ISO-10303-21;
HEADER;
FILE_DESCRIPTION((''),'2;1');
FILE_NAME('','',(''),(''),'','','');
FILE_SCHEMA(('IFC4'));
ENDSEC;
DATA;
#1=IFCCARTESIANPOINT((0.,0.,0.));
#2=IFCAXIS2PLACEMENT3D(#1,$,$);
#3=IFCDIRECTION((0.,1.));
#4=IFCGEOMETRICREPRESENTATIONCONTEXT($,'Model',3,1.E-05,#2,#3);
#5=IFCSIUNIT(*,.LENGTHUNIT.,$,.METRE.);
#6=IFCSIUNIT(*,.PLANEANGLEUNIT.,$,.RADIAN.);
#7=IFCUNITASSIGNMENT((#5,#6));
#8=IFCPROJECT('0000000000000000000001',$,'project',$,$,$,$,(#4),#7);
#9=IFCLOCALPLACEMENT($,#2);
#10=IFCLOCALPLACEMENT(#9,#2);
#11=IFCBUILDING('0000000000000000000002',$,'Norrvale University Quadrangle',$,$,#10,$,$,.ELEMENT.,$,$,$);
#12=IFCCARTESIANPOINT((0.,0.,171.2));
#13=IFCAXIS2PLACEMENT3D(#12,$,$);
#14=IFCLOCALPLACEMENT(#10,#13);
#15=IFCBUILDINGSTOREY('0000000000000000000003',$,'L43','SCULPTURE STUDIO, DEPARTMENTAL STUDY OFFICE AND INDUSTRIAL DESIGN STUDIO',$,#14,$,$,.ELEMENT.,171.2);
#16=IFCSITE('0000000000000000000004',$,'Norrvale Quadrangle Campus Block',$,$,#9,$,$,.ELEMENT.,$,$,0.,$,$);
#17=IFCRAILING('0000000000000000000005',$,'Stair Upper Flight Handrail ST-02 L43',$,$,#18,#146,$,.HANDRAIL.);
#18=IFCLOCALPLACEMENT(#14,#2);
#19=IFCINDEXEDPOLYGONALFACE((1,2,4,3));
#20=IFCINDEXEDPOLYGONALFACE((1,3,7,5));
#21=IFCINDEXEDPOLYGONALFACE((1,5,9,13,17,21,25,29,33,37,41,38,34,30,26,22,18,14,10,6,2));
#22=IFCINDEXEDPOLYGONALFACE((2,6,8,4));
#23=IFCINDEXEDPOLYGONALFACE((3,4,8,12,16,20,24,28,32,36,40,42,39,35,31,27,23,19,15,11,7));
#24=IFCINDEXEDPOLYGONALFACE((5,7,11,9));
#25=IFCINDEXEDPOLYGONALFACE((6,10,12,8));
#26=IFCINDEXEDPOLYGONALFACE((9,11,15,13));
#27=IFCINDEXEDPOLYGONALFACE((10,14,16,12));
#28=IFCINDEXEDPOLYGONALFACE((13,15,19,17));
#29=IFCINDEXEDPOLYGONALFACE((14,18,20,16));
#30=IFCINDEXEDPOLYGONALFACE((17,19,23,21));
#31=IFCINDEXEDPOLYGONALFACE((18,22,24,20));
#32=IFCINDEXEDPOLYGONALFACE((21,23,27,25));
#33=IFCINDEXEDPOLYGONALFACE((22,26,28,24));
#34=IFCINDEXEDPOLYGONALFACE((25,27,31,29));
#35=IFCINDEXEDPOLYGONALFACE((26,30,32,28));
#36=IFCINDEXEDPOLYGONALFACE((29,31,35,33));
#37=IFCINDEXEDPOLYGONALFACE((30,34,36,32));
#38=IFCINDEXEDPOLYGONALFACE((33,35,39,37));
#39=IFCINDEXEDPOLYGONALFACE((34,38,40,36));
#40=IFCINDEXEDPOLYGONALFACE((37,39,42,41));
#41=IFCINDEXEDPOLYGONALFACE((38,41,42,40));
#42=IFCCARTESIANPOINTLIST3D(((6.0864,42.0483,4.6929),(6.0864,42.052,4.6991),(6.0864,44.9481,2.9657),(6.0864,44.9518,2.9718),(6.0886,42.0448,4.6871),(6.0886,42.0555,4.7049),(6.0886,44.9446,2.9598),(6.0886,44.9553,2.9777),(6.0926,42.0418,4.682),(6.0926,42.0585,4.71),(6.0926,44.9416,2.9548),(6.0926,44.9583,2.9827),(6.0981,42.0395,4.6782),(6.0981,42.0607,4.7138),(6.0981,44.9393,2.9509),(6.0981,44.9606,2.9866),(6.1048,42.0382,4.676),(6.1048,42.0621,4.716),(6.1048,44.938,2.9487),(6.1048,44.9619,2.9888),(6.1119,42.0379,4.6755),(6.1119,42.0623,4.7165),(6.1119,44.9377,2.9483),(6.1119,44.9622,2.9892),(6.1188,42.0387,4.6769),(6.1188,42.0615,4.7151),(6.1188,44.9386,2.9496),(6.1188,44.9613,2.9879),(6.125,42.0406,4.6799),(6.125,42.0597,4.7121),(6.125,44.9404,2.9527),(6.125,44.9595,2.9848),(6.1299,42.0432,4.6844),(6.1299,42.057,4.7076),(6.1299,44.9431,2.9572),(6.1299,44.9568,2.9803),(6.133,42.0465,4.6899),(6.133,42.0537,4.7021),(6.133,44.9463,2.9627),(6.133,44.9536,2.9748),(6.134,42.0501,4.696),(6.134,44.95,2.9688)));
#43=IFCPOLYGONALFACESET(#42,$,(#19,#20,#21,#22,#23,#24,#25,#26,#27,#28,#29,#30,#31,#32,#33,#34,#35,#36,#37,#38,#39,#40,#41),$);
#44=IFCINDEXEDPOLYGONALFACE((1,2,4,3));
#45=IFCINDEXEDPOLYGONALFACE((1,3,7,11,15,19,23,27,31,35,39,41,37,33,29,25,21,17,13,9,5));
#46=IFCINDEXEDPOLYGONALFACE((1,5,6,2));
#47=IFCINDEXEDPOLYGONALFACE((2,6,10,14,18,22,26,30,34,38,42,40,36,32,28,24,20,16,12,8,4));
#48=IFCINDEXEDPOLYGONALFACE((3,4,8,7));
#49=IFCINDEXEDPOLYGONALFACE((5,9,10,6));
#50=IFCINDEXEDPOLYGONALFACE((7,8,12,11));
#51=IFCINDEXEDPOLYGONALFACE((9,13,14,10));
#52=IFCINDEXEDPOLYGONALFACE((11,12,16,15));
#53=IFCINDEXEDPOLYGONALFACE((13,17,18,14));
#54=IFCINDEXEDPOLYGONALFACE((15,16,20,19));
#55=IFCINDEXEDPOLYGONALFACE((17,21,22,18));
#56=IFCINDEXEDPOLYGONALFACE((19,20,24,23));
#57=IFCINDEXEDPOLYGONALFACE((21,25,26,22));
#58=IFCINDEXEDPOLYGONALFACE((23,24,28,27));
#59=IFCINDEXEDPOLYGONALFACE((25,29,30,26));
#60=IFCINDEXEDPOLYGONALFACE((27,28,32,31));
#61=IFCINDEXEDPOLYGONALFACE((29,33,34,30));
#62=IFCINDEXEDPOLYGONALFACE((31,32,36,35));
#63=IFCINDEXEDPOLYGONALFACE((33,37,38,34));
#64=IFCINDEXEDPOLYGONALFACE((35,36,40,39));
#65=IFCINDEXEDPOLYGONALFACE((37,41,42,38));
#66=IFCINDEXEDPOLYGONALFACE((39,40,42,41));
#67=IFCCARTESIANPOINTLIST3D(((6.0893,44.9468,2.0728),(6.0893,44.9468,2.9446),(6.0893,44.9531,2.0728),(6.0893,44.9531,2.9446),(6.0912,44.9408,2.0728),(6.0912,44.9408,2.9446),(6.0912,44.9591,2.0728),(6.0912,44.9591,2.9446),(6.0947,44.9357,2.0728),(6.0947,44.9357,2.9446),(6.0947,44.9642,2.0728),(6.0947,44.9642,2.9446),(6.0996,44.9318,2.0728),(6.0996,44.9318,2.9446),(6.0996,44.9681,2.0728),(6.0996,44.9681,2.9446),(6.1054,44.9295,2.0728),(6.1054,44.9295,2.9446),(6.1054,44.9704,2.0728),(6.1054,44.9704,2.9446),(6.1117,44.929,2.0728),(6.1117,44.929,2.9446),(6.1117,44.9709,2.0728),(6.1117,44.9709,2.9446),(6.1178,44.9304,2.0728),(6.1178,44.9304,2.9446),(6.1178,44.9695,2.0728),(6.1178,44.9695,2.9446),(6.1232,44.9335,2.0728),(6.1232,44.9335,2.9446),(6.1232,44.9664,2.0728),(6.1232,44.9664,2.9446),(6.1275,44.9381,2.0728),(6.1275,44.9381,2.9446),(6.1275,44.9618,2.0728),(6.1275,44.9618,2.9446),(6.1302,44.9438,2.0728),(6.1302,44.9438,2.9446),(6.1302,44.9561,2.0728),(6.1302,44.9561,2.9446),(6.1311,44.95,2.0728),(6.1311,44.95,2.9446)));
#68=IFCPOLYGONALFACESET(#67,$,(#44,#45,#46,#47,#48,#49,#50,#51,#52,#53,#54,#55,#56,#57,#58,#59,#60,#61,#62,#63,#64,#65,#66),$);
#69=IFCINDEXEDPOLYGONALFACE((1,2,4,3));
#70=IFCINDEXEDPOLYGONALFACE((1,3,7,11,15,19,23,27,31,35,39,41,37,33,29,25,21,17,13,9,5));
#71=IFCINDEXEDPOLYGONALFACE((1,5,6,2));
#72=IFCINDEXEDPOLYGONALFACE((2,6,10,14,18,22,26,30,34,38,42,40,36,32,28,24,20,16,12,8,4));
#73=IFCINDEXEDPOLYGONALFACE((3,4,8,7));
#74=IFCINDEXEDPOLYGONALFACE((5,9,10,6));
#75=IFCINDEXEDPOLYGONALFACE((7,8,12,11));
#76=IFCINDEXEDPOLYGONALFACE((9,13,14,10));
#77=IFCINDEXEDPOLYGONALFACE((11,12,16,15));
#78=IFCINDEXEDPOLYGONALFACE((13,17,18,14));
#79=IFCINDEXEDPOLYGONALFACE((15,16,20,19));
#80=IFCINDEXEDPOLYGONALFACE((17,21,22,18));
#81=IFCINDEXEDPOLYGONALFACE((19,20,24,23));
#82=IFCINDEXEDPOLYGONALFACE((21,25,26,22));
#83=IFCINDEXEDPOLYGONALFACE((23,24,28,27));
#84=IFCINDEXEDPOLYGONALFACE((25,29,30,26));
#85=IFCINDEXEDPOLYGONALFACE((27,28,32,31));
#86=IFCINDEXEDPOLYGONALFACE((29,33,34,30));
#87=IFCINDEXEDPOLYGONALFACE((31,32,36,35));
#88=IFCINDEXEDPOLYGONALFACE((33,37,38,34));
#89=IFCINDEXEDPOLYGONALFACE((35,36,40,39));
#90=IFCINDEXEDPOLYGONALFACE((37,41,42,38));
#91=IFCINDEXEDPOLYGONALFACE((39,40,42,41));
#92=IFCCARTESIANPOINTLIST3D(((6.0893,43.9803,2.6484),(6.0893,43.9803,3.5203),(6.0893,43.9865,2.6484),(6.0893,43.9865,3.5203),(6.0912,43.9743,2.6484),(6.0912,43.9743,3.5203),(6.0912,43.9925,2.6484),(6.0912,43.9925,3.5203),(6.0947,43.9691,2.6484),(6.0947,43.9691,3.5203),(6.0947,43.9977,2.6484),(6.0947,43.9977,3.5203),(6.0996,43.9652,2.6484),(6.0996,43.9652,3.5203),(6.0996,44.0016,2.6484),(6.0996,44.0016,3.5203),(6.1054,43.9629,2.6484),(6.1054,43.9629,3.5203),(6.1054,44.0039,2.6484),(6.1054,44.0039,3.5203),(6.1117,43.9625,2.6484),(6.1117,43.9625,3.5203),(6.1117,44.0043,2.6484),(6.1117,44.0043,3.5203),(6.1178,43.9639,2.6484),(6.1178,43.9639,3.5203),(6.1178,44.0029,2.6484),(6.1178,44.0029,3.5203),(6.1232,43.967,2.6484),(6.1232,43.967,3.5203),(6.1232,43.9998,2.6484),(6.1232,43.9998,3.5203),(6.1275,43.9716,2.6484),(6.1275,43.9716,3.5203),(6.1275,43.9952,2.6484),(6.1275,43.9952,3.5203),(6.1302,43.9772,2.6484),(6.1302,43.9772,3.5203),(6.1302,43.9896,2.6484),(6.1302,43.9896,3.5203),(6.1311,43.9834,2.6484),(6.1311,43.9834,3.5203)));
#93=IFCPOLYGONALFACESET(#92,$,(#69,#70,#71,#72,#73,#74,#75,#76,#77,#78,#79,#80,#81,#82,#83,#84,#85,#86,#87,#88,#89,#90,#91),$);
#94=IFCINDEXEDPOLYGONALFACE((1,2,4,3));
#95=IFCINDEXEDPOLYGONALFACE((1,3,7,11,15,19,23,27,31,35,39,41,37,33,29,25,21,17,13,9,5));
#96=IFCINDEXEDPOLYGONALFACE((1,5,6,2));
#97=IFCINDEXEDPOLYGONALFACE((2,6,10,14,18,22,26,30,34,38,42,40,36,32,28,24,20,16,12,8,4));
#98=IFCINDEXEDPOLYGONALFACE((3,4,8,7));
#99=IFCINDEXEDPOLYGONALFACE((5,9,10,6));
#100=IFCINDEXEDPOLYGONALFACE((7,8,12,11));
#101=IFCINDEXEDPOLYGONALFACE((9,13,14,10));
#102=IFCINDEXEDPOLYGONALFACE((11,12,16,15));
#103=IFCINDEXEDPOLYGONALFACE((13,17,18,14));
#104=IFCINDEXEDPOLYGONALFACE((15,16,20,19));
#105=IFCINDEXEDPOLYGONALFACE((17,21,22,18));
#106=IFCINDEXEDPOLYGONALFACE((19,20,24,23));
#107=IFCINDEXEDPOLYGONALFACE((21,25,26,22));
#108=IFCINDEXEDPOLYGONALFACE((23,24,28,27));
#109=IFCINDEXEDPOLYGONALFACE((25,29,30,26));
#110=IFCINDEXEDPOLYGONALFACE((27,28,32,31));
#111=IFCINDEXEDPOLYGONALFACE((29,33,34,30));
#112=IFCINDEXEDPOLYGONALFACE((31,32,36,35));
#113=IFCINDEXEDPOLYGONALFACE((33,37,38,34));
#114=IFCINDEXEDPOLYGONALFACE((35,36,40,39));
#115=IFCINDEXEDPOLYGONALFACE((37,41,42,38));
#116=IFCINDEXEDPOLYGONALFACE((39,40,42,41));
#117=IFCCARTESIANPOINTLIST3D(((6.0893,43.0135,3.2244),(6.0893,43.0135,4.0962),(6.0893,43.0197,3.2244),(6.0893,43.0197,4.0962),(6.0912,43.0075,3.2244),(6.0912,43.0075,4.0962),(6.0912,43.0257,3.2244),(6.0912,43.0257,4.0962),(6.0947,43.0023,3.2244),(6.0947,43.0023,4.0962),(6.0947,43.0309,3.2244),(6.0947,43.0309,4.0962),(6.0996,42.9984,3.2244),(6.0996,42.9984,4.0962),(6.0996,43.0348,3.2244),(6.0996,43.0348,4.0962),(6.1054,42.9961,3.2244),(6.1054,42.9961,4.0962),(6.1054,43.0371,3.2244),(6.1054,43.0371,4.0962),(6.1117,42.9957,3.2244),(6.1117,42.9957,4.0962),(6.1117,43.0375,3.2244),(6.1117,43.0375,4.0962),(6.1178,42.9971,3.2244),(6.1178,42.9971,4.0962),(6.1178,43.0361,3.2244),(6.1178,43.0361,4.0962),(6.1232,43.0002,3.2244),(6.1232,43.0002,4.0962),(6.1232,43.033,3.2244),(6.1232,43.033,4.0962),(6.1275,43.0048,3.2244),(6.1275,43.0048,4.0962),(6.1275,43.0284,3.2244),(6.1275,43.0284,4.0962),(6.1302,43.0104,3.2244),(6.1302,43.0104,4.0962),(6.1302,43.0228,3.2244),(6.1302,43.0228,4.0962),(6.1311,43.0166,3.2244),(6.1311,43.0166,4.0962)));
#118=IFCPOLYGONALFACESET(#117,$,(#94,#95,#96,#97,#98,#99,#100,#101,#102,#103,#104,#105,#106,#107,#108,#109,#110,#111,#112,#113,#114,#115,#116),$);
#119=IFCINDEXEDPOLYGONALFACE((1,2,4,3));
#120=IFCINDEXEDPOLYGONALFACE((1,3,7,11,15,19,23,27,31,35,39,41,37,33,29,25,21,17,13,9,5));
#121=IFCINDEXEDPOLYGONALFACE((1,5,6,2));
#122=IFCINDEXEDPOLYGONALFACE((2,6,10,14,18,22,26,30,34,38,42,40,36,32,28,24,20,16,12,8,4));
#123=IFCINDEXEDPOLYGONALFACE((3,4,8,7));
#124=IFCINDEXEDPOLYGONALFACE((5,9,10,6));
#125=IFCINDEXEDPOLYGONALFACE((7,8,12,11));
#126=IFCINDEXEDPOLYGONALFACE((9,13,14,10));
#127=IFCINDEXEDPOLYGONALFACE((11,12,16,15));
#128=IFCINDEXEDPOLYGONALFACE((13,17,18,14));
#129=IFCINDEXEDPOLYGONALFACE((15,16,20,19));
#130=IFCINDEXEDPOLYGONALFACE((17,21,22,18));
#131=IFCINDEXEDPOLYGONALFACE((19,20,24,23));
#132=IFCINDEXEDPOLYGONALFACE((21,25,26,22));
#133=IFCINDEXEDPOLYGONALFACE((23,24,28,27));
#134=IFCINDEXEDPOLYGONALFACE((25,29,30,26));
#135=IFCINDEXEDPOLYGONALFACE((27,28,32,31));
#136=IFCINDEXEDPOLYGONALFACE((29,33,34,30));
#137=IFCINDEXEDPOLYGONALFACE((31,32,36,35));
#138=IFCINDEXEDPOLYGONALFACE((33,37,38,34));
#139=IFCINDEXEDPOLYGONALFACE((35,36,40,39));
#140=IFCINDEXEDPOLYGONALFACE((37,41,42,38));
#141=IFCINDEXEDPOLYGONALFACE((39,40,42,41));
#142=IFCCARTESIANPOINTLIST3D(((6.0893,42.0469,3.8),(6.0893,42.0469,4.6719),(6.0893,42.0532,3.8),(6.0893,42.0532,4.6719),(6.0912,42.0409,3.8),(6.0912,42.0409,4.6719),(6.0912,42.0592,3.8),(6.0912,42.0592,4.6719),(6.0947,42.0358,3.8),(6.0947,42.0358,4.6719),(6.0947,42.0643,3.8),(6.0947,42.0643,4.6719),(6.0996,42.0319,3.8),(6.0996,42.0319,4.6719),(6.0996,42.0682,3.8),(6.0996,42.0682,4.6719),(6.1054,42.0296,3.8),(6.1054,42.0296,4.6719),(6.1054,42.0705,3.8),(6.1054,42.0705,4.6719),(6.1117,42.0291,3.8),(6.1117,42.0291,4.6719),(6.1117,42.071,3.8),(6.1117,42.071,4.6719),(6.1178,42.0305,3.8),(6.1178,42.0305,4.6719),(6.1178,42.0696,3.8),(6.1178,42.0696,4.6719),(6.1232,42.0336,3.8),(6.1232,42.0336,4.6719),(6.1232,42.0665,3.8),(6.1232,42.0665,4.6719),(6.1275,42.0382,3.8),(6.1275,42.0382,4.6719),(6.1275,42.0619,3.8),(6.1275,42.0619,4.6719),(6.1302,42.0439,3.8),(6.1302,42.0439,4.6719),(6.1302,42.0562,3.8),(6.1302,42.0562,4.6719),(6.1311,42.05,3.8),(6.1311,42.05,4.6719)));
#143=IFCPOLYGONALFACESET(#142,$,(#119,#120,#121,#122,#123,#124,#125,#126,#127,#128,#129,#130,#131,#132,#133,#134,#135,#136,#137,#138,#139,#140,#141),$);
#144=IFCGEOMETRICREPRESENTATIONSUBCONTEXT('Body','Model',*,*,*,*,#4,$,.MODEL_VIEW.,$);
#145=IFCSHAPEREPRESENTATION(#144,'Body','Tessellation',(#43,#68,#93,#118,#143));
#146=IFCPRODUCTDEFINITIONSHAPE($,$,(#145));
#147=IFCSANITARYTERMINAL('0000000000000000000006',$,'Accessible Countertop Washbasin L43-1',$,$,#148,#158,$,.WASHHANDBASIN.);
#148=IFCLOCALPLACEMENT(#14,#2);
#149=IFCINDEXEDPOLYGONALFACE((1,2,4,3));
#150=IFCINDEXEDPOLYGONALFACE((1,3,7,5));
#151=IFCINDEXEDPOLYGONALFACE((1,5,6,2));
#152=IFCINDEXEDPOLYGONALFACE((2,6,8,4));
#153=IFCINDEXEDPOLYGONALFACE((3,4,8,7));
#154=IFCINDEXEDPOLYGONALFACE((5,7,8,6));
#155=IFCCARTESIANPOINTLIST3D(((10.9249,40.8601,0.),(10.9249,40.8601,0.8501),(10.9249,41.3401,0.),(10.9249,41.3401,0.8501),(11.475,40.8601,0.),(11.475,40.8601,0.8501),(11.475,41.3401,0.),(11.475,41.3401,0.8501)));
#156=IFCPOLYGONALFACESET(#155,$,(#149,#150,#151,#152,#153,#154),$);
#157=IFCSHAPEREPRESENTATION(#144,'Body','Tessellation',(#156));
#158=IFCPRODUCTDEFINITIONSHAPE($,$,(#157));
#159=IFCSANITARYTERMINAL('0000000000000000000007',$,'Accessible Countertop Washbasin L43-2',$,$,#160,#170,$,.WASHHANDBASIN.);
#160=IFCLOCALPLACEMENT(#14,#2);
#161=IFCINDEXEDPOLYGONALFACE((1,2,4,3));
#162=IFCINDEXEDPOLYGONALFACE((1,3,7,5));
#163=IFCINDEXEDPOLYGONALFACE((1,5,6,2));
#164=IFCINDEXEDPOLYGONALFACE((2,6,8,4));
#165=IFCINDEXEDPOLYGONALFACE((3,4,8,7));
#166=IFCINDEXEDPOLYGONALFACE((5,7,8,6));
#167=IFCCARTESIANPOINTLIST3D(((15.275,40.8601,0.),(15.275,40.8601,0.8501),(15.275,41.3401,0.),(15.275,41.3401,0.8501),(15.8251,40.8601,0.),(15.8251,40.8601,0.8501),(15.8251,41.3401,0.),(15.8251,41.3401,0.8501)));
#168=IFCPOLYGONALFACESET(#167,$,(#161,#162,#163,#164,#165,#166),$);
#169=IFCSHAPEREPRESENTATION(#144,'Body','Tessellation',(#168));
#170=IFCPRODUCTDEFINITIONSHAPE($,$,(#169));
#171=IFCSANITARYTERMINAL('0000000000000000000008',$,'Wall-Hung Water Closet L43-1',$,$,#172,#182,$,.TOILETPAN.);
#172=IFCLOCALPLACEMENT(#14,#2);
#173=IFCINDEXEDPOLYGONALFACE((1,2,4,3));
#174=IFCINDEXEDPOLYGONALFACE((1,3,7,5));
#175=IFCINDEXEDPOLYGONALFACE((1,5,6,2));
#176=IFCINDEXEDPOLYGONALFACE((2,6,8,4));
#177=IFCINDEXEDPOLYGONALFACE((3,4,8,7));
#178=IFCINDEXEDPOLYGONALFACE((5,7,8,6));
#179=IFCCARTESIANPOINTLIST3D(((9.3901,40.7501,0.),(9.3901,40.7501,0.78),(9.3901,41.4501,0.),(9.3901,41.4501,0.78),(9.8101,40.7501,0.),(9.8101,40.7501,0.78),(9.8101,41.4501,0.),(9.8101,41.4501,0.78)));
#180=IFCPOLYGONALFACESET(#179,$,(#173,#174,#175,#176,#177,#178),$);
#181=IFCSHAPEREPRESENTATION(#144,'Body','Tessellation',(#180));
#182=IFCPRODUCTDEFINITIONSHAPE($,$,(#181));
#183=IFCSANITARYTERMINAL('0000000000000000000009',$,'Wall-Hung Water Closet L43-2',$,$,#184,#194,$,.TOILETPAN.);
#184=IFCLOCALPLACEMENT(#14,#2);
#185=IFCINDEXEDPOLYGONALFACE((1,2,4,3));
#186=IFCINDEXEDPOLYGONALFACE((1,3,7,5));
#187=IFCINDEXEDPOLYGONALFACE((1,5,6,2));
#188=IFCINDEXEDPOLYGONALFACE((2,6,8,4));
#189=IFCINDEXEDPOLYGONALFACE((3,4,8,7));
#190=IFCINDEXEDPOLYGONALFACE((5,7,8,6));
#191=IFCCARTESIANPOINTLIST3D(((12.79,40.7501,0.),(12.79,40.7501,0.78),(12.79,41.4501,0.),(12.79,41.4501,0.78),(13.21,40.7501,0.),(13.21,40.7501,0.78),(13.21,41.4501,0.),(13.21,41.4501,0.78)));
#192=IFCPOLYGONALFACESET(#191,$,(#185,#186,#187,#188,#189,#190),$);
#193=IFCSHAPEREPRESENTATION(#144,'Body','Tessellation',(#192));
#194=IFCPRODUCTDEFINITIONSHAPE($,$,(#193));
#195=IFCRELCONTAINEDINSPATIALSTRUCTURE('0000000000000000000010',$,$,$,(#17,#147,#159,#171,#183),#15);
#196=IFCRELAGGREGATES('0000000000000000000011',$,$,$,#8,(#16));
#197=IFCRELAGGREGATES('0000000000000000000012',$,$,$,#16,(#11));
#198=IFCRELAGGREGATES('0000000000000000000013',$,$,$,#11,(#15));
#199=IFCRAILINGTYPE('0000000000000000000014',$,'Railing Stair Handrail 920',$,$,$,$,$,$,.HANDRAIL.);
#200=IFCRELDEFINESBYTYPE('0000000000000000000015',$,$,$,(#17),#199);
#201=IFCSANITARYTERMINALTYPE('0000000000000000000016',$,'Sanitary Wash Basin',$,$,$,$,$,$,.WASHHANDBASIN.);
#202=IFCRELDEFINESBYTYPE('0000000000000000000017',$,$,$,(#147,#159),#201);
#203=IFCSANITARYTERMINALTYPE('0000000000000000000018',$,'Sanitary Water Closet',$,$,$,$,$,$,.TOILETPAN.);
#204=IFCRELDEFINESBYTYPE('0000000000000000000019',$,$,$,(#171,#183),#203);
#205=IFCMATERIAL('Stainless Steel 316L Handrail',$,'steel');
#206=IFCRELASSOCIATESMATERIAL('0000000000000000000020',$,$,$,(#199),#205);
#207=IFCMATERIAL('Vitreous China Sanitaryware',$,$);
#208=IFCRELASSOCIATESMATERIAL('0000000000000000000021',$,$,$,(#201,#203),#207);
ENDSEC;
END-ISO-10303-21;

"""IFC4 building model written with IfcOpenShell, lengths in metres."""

from ifc_helpers import new_model, si_unit, direction, frame, origin, origin_2d, place, context, subcontext, project, spatial, rectangle, circle, extrude, material, type_object, element, save


model = new_model("IFC4")

# Units and contexts
model_context = context("Model", 3, precision=1e-05, world=origin(), true_north=direction((0.0, 1.0)))
body_context = subcontext(model_context, "Body", "Model", "MODEL_VIEW")
ifc_project = project(units=[si_unit("LENGTHUNIT", "METRE"), si_unit("PLANEANGLEUNIT", "RADIAN")], contexts=[model_context])

# Site, building, storey
site_placement = place(None, origin())
site = spatial("IfcSite", under=ifc_project, at=site_placement, Name="Norrvale Quadrangle Campus Block", CompositionType="ELEMENT", RefElevation=0.0)
building_placement = place(site_placement, origin())
building = spatial("IfcBuilding", under=site, at=building_placement, Name="Norrvale University Quadrangle", CompositionType="ELEMENT")
storey_placement = place(building_placement, frame((0.0, 0.0, 171.2)))
storey = spatial("IfcBuildingStorey", under=building, at=storey_placement, Name="L43", Description="SCULPTURE STUDIO, DEPARTMENTAL STUDY OFFICE AND INDUSTRIAL DESIGN STUDIO", CompositionType="ELEMENT", Elevation=171.2)

# Railing
ifc_material_1 = material(Name="Stainless Steel 316L Handrail", Category="steel")
railing_type_1 = type_object("IfcRailingType", Name="Railing Stair Handrail 920", PredefinedType="HANDRAIL", material=ifc_material_1)
railing_1_placement = place(storey_placement, frame((6.1101, 44.95, 2.0728)))
element("IfcRailing", 1, at=railing_1_placement, inside=storey, type_object=railing_type_1, Name="Stair Upper Flight Handrail ST-02 L43", PredefinedType="HANDRAIL", context=body_context, shape_type="SweptSolid", body=[
    extrude(circle(Radius=0.0239, at=origin_2d()), frame((0.0, 0.0, 0.896), z_axis=(0.0, -0.859141, 0.511738), x_axis=(1.0, 0.0, 0.0)), (0.0, 0.0, 1.0), 3.3752),
    extrude(circle(Radius=0.021, at=origin_2d()), origin(), (0.0, 0.0, 1.0), 0.8718),
    extrude(circle(Radius=0.021, at=origin_2d()), frame((0.0, -0.9666, 0.5757)), (0.0, 0.0, 1.0), 0.8718),
    extrude(circle(Radius=0.021, at=origin_2d()), frame((0.0, -1.9333, 1.1516)), (0.0, 0.0, 1.0), 0.8718),
    extrude(circle(Radius=0.021, at=origin_2d()), frame((0.0, -2.8999, 1.7273)), (0.0, 0.0, 1.0), 0.8718),
])

# Sanitary terminals
ifc_material_2 = material(Name="Vitreous China Sanitaryware")
sanitary_terminal_type_1 = type_object("IfcSanitaryTerminalType", Name="Sanitary Wash Basin", PredefinedType="WASHHANDBASIN", material=ifc_material_2)
for number, where, z_axis, x_axis, name in (
    (2, (11.2, 41.1001, 0.0), (0.0, 0.0, 1.0), (1.0, 0.0, 0.0), "Accessible Countertop Washbasin L43-1"),
    (3, (15.55, 41.1001, 0.0), (0.0, 0.0, 1.0), (1.0, 0.0, 0.0), "Accessible Countertop Washbasin L43-2"),
):
    element("IfcSanitaryTerminal", number, at=place(storey_placement, frame(where, z_axis=z_axis, x_axis=x_axis)), inside=storey, type_object=sanitary_terminal_type_1, Name=name, PredefinedType="WASHHANDBASIN", context=body_context, shape_type="SweptSolid", body=[
        extrude(rectangle(XDim=0.55, YDim=0.48, at=origin_2d()), origin(), (0.0, 0.0, 1.0), 0.8501),
    ])
sanitary_terminal_type_2 = type_object("IfcSanitaryTerminalType", Name="Sanitary Water Closet", PredefinedType="TOILETPAN", material=ifc_material_2)
for number, where, z_axis, x_axis, name in (
    (4, (9.6001, 41.1001, 0.0), (0.0, 0.0, 1.0), (1.0, 0.0, 0.0), "Wall-Hung Water Closet L43-1"),
    (5, (13.0, 41.1001, 0.0), (0.0, 0.0, 1.0), (1.0, 0.0, 0.0), "Wall-Hung Water Closet L43-2"),
):
    element("IfcSanitaryTerminal", number, at=place(storey_placement, frame(where, z_axis=z_axis, x_axis=x_axis)), inside=storey, type_object=sanitary_terminal_type_2, Name=name, PredefinedType="TOILETPAN", context=body_context, shape_type="SweptSolid", body=[
        extrude(rectangle(XDim=0.4199, YDim=0.7, at=origin_2d()), origin(), (0.0, 0.0, 1.0), 0.78),
    ])

save(model, "model.ifc")
